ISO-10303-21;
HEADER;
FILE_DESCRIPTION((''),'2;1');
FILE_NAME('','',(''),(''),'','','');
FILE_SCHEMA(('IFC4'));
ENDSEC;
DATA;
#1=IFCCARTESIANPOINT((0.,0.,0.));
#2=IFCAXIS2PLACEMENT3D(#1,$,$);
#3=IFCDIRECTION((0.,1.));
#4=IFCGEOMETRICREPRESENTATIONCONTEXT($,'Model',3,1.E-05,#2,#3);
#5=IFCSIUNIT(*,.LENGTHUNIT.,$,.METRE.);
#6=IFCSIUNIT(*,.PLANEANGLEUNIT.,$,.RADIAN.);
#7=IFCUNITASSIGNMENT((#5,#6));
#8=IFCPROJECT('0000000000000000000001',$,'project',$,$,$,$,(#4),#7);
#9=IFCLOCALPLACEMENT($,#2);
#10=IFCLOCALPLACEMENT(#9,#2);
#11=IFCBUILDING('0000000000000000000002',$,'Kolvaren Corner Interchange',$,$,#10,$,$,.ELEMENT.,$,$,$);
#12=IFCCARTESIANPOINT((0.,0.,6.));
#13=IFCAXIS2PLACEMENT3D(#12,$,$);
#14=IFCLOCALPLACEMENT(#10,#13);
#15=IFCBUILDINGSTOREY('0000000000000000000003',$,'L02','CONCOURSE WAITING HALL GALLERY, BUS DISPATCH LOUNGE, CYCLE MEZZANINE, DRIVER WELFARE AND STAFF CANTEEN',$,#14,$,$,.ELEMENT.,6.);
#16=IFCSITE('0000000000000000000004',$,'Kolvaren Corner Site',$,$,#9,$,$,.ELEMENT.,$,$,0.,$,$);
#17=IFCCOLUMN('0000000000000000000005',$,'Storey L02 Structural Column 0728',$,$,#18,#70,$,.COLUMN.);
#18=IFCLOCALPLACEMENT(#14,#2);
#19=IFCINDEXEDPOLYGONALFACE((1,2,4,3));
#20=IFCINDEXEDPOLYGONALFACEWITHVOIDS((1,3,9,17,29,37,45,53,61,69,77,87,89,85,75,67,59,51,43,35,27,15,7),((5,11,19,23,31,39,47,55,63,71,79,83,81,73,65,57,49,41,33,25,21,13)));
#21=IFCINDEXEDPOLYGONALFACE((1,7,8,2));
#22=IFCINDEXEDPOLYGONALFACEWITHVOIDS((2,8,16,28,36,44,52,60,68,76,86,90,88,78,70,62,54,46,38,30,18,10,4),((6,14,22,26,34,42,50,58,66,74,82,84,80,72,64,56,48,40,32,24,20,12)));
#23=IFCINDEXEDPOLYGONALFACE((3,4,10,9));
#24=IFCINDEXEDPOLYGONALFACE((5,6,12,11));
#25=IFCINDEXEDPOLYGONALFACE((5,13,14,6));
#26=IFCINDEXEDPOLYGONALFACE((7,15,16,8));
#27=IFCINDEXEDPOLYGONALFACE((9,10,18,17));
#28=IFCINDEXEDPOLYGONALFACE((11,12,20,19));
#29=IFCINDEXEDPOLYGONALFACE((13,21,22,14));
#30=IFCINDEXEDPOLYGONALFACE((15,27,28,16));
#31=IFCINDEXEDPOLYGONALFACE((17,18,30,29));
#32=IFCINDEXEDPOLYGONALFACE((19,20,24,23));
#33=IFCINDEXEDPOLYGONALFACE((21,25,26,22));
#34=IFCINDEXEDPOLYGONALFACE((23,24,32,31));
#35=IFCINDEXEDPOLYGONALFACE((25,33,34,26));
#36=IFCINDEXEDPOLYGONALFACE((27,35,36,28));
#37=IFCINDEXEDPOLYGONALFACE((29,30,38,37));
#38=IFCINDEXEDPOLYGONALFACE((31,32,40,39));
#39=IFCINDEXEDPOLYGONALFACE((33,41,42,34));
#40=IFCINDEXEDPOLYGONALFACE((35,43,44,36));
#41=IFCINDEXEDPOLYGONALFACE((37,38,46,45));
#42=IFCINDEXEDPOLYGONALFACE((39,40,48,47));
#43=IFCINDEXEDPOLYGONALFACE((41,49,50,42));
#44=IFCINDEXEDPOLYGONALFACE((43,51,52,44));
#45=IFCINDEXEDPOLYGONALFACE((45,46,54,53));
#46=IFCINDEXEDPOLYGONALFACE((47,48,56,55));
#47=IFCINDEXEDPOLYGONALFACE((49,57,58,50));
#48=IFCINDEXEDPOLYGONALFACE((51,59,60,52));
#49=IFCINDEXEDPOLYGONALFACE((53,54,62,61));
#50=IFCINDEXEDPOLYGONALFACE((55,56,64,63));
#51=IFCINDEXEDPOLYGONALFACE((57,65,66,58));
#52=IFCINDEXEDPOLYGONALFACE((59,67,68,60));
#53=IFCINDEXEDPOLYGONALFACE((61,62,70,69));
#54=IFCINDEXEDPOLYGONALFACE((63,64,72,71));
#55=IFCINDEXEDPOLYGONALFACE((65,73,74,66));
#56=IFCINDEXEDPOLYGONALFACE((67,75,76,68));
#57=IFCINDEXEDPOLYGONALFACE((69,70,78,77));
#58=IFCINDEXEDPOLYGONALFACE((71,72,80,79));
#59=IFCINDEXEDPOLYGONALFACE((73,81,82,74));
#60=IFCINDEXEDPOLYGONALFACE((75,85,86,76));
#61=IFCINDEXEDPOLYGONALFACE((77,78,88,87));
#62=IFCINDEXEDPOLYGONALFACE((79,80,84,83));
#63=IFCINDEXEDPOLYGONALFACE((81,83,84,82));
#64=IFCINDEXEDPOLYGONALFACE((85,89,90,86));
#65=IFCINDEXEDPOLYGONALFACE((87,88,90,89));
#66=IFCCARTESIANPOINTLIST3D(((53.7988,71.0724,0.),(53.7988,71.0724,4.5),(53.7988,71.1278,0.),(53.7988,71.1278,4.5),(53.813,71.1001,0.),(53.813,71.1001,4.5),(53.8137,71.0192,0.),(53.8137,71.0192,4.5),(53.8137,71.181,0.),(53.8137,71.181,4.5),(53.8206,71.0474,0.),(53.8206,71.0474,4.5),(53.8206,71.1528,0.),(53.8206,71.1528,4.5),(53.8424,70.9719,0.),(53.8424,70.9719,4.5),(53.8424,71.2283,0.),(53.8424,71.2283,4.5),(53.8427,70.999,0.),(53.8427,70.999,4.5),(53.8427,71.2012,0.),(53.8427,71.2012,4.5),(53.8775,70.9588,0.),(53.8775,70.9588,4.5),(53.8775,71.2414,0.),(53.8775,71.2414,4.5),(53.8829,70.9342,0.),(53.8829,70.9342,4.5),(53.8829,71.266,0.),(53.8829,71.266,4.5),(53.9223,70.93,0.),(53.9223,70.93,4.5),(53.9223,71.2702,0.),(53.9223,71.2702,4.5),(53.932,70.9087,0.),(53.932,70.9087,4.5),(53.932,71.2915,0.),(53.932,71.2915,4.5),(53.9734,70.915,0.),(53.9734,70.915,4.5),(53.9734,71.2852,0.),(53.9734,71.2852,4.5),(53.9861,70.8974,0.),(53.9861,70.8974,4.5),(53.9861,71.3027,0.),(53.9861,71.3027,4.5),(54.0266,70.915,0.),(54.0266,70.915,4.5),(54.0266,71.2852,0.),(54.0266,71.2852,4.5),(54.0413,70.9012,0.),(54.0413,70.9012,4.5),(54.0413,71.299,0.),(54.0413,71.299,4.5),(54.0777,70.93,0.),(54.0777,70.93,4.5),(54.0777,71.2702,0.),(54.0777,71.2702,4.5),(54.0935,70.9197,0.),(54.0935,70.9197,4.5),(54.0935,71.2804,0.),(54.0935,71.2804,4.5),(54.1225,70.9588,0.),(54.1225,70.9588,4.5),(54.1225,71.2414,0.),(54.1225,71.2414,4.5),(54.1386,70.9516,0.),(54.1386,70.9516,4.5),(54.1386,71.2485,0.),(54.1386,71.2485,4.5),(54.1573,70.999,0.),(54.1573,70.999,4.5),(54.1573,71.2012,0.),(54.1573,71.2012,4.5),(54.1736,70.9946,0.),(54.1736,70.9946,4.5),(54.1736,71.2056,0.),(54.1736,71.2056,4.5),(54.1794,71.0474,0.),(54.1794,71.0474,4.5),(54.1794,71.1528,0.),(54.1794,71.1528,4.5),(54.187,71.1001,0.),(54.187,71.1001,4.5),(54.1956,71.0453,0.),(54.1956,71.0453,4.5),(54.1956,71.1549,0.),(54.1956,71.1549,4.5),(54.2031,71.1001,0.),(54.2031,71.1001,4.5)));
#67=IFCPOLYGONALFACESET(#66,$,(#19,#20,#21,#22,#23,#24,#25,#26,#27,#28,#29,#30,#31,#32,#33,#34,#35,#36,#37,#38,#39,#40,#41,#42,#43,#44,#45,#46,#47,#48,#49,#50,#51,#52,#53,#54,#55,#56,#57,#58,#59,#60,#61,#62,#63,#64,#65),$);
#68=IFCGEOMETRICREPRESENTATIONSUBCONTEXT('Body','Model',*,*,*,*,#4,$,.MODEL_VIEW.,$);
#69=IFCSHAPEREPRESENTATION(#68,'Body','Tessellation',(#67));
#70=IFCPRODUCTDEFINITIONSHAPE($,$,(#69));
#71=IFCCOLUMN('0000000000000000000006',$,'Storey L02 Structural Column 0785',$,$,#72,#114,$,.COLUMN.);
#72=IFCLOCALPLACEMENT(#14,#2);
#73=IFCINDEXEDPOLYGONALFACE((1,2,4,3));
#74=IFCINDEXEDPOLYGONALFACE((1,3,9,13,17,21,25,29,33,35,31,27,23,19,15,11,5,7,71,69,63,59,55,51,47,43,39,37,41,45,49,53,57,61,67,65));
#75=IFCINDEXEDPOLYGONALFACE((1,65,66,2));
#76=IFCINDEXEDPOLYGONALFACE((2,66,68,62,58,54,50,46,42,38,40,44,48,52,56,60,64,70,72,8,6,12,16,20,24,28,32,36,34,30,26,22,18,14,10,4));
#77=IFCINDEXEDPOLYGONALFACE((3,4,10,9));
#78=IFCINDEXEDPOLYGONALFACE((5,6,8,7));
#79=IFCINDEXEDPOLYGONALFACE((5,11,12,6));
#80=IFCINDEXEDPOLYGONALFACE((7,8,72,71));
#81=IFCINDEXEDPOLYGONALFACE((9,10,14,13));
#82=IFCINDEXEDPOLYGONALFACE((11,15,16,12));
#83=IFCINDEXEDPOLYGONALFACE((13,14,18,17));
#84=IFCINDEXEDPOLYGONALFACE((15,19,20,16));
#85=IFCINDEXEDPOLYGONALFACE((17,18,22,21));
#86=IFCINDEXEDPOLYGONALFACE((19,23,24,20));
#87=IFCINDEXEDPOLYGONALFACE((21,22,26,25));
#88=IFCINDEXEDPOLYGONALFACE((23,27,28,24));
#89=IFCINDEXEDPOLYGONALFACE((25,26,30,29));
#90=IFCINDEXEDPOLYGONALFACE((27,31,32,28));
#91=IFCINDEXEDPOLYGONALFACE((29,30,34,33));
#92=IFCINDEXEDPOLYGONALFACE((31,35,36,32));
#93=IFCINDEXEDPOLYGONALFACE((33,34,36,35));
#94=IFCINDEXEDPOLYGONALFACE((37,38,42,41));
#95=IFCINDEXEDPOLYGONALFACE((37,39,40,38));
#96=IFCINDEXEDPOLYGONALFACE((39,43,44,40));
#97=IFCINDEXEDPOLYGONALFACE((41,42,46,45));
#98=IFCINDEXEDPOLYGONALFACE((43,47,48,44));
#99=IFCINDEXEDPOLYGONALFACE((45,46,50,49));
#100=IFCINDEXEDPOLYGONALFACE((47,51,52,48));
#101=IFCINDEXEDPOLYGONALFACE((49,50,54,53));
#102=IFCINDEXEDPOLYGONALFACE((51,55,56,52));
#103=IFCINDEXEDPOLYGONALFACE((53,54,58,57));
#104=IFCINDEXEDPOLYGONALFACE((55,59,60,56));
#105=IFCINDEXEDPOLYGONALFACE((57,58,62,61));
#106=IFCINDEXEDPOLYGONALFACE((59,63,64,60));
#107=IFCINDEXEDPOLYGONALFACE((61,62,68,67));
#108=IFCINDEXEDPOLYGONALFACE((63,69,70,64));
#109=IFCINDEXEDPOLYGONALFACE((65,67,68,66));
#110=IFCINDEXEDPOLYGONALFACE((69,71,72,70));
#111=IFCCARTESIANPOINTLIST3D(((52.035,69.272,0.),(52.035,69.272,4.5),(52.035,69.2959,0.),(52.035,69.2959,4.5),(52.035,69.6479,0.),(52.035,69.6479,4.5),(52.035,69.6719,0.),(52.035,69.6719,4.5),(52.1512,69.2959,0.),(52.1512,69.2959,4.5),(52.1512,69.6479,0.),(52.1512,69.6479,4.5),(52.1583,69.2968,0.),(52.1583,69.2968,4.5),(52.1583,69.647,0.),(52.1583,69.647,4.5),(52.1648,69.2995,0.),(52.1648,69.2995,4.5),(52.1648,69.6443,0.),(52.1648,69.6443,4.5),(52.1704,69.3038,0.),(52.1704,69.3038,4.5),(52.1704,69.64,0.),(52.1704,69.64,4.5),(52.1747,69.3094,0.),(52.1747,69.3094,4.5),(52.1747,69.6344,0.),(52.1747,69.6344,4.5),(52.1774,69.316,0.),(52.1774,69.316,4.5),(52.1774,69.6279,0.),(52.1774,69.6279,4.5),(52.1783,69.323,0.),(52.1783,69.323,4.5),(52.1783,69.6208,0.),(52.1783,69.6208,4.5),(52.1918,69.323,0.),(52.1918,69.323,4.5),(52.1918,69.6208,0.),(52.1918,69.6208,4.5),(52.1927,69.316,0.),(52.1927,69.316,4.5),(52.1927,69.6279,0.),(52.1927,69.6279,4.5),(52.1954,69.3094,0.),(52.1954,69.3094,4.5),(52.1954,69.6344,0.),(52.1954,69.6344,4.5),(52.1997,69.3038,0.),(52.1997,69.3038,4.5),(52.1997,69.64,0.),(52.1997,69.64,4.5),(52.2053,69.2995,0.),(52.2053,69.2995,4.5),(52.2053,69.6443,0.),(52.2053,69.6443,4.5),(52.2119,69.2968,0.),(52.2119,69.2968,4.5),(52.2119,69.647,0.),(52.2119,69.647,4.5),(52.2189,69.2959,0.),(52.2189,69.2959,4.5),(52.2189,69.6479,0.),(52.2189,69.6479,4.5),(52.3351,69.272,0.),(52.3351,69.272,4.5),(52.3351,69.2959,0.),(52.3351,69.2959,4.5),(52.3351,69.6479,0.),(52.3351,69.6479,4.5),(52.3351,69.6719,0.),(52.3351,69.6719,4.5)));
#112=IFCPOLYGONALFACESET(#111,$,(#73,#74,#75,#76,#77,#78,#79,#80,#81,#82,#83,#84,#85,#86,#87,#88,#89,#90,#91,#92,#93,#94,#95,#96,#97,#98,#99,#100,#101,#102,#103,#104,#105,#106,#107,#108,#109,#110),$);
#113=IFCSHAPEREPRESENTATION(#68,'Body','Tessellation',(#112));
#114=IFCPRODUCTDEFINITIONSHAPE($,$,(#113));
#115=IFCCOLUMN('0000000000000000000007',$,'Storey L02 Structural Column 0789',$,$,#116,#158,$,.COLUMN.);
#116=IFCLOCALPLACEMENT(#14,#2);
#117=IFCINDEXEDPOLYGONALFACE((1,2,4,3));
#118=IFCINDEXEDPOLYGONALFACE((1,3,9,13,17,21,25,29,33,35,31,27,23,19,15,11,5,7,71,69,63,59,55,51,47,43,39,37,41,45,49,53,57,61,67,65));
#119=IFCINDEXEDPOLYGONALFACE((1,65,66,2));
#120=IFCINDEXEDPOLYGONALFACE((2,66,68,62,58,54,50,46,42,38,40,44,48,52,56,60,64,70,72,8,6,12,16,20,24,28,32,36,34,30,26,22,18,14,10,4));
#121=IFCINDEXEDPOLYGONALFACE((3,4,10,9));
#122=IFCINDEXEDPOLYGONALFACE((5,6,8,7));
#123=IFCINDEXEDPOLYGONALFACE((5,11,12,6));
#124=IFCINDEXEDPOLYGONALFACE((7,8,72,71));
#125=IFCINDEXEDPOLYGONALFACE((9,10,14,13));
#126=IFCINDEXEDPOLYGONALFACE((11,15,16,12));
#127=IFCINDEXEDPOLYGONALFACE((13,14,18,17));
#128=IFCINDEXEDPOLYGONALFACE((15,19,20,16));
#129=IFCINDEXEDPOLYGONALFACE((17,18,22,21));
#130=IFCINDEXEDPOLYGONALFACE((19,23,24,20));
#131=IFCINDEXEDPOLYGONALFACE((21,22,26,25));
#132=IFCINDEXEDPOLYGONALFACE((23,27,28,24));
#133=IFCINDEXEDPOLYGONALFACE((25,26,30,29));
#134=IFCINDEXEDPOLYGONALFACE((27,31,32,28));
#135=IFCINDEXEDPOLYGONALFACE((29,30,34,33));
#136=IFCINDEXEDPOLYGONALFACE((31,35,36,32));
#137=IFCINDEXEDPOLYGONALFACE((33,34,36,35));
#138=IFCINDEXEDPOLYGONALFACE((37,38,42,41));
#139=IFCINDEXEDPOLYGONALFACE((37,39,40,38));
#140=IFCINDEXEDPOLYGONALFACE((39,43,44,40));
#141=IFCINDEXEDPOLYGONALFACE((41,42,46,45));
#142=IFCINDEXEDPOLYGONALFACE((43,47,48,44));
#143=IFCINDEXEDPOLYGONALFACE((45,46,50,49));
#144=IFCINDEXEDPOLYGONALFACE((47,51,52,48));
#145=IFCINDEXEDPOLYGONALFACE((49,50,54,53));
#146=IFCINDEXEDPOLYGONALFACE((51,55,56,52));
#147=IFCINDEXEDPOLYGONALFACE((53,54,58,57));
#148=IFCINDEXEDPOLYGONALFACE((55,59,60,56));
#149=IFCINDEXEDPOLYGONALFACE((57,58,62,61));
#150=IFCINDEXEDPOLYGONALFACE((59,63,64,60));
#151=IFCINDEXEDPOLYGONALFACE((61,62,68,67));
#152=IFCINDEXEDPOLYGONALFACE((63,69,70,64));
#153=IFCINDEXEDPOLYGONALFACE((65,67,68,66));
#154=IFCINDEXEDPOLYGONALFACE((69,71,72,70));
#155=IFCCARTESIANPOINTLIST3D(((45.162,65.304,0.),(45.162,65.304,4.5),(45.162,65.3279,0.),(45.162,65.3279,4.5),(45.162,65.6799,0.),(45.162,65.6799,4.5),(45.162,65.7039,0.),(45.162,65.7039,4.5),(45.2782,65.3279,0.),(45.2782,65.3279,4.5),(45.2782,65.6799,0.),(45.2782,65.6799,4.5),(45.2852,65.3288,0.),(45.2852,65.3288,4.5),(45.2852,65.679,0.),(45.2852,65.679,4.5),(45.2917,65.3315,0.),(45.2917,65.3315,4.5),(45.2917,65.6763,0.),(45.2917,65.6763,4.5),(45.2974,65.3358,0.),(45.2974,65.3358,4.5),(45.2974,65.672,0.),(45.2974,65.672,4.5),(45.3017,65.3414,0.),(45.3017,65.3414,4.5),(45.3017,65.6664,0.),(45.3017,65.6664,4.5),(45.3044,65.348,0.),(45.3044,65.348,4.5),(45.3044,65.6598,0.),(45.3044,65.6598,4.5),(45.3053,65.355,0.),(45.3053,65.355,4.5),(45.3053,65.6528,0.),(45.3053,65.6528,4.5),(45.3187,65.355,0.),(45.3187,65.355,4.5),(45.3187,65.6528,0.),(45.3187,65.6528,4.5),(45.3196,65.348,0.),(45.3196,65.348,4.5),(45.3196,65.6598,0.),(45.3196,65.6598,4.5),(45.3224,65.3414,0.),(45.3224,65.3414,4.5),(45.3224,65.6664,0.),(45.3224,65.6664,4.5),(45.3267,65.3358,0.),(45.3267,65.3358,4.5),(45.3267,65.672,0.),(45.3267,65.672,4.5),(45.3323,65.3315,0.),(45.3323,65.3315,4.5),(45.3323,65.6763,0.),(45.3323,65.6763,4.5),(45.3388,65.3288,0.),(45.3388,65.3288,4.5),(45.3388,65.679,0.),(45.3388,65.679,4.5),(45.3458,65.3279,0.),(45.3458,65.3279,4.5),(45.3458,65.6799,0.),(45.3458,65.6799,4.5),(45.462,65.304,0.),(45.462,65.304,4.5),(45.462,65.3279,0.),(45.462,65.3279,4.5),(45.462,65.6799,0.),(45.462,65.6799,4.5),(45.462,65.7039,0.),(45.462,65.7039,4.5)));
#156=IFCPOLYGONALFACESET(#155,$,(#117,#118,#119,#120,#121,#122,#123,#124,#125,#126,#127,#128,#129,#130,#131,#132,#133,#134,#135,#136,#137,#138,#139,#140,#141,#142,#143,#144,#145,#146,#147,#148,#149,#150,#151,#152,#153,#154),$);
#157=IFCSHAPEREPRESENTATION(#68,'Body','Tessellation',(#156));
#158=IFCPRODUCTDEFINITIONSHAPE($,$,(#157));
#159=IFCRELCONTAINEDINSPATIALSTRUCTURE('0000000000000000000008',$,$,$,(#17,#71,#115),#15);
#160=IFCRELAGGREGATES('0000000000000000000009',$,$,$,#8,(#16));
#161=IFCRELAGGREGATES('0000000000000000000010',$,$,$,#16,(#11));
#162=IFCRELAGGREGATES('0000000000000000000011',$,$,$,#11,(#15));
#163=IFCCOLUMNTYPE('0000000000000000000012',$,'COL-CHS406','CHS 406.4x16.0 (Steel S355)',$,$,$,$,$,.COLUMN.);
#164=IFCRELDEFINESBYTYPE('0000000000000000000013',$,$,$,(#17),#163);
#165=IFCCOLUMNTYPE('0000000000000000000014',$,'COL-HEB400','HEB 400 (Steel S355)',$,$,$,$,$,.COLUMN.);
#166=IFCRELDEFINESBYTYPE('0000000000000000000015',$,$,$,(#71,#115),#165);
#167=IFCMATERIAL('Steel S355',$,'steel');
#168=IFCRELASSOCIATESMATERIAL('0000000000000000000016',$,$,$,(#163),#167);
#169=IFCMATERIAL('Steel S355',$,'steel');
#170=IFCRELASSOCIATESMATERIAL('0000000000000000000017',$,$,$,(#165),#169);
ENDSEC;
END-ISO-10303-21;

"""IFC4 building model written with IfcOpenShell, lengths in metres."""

from ifc_helpers import new_model, si_unit, direction, frame, origin, origin_2d, place, context, subcontext, project, spatial, hollow_circle, i_section, extrude, material, material_profile, profile_set, type_object, element, save


model = new_model("IFC4")

# Units and contexts
model_context = context("Model", 3, precision=1e-05, world=origin(), true_north=direction((0.0, 1.0)))
body_context = subcontext(model_context, "Body", "Model", "MODEL_VIEW")
ifc_project = project(units=[si_unit("LENGTHUNIT", "METRE"), si_unit("PLANEANGLEUNIT", "RADIAN")], contexts=[model_context])

# Site, building, storey
site_placement = place(None, origin())
site = spatial("IfcSite", under=ifc_project, at=site_placement, Name="Kolvaren Corner Site", CompositionType="ELEMENT", RefElevation=0.0)
building_placement = place(site_placement, origin())
building = spatial("IfcBuilding", under=site, at=building_placement, Name="Kolvaren Corner Interchange", CompositionType="ELEMENT")
storey_placement = place(building_placement, frame((0.0, 0.0, 6.0)))
storey = spatial("IfcBuildingStorey", under=building, at=storey_placement, Name="L02", Description="CONCOURSE WAITING HALL GALLERY, BUS DISPATCH LOUNGE, CYCLE MEZZANINE, DRIVER WELFARE AND STAFF CANTEEN", CompositionType="ELEMENT", Elevation=6.0)

# Columns
ifc_material_1 = material(Name="Steel S355", Category="steel")
ifc_material_profile_1 = material_profile(ifc_material_1, hollow_circle(Radius=0.2031, WallThickness=0.0161, at=origin_2d()), Name="CHS 406.4x16.0")
ifc_profile_set_1 = profile_set([ifc_material_profile_1], Name="Steel S355")
column_type_1 = type_object("IfcColumnType", Name="COL-CHS406", Description="CHS 406.4x16.0 (Steel S355)", PredefinedType="COLUMN", material=ifc_profile_set_1)
for number, where, z_axis, x_axis, name in (
    (1, (54.0, 71.1001, 0.0), (0.0, 0.0, 1.0), (1.0, 0.0, 0.0), "Storey L02 Structural Column 0728"),
):
    element("IfcColumn", number, at=place(storey_placement, frame(where, z_axis=z_axis, x_axis=x_axis)), inside=storey, type_object=column_type_1, Name=name, PredefinedType="COLUMN", context=body_context, shape_type="SweptSolid", body=[
        extrude(hollow_circle(Radius=0.2031, WallThickness=0.0161, at=origin_2d()), origin(), (0.0, 0.0, 1.0), 4.5),
    ])
ifc_material_2 = material(Name="Steel S355", Category="steel")
ifc_material_profile_2 = material_profile(ifc_material_2, i_section(OverallWidth=0.3, OverallDepth=0.3999, WebThickness=0.0134, FlangeThickness=0.0239, FilletRadius=0.0271, at=origin_2d()), Name="HEB 400")
ifc_profile_set_2 = profile_set([ifc_material_profile_2], Name="Steel S355")
column_type_2 = type_object("IfcColumnType", Name="COL-HEB400", Description="HEB 400 (Steel S355)", PredefinedType="COLUMN", material=ifc_profile_set_2)
for number, where, z_axis, x_axis, name in (
    (2, (52.1851, 69.4719, 0.0), (0.0, 0.0, 1.0), (1.0, 0.0, 0.0), "Storey L02 Structural Column 0785"),
    (3, (45.312, 65.5039, 0.0), (0.0, 0.0, 1.0), (1.0, 0.0, 0.0), "Storey L02 Structural Column 0789"),
):
    element("IfcColumn", number, at=place(storey_placement, frame(where, z_axis=z_axis, x_axis=x_axis)), inside=storey, type_object=column_type_2, Name=name, PredefinedType="COLUMN", context=body_context, shape_type="SweptSolid", body=[
        extrude(i_section(OverallWidth=0.3, OverallDepth=0.3999, WebThickness=0.0134, FlangeThickness=0.0239, FilletRadius=0.0271, at=origin_2d()), origin(), (0.0, 0.0, 1.0), 4.5),
    ])

save(model, "model.ifc")
